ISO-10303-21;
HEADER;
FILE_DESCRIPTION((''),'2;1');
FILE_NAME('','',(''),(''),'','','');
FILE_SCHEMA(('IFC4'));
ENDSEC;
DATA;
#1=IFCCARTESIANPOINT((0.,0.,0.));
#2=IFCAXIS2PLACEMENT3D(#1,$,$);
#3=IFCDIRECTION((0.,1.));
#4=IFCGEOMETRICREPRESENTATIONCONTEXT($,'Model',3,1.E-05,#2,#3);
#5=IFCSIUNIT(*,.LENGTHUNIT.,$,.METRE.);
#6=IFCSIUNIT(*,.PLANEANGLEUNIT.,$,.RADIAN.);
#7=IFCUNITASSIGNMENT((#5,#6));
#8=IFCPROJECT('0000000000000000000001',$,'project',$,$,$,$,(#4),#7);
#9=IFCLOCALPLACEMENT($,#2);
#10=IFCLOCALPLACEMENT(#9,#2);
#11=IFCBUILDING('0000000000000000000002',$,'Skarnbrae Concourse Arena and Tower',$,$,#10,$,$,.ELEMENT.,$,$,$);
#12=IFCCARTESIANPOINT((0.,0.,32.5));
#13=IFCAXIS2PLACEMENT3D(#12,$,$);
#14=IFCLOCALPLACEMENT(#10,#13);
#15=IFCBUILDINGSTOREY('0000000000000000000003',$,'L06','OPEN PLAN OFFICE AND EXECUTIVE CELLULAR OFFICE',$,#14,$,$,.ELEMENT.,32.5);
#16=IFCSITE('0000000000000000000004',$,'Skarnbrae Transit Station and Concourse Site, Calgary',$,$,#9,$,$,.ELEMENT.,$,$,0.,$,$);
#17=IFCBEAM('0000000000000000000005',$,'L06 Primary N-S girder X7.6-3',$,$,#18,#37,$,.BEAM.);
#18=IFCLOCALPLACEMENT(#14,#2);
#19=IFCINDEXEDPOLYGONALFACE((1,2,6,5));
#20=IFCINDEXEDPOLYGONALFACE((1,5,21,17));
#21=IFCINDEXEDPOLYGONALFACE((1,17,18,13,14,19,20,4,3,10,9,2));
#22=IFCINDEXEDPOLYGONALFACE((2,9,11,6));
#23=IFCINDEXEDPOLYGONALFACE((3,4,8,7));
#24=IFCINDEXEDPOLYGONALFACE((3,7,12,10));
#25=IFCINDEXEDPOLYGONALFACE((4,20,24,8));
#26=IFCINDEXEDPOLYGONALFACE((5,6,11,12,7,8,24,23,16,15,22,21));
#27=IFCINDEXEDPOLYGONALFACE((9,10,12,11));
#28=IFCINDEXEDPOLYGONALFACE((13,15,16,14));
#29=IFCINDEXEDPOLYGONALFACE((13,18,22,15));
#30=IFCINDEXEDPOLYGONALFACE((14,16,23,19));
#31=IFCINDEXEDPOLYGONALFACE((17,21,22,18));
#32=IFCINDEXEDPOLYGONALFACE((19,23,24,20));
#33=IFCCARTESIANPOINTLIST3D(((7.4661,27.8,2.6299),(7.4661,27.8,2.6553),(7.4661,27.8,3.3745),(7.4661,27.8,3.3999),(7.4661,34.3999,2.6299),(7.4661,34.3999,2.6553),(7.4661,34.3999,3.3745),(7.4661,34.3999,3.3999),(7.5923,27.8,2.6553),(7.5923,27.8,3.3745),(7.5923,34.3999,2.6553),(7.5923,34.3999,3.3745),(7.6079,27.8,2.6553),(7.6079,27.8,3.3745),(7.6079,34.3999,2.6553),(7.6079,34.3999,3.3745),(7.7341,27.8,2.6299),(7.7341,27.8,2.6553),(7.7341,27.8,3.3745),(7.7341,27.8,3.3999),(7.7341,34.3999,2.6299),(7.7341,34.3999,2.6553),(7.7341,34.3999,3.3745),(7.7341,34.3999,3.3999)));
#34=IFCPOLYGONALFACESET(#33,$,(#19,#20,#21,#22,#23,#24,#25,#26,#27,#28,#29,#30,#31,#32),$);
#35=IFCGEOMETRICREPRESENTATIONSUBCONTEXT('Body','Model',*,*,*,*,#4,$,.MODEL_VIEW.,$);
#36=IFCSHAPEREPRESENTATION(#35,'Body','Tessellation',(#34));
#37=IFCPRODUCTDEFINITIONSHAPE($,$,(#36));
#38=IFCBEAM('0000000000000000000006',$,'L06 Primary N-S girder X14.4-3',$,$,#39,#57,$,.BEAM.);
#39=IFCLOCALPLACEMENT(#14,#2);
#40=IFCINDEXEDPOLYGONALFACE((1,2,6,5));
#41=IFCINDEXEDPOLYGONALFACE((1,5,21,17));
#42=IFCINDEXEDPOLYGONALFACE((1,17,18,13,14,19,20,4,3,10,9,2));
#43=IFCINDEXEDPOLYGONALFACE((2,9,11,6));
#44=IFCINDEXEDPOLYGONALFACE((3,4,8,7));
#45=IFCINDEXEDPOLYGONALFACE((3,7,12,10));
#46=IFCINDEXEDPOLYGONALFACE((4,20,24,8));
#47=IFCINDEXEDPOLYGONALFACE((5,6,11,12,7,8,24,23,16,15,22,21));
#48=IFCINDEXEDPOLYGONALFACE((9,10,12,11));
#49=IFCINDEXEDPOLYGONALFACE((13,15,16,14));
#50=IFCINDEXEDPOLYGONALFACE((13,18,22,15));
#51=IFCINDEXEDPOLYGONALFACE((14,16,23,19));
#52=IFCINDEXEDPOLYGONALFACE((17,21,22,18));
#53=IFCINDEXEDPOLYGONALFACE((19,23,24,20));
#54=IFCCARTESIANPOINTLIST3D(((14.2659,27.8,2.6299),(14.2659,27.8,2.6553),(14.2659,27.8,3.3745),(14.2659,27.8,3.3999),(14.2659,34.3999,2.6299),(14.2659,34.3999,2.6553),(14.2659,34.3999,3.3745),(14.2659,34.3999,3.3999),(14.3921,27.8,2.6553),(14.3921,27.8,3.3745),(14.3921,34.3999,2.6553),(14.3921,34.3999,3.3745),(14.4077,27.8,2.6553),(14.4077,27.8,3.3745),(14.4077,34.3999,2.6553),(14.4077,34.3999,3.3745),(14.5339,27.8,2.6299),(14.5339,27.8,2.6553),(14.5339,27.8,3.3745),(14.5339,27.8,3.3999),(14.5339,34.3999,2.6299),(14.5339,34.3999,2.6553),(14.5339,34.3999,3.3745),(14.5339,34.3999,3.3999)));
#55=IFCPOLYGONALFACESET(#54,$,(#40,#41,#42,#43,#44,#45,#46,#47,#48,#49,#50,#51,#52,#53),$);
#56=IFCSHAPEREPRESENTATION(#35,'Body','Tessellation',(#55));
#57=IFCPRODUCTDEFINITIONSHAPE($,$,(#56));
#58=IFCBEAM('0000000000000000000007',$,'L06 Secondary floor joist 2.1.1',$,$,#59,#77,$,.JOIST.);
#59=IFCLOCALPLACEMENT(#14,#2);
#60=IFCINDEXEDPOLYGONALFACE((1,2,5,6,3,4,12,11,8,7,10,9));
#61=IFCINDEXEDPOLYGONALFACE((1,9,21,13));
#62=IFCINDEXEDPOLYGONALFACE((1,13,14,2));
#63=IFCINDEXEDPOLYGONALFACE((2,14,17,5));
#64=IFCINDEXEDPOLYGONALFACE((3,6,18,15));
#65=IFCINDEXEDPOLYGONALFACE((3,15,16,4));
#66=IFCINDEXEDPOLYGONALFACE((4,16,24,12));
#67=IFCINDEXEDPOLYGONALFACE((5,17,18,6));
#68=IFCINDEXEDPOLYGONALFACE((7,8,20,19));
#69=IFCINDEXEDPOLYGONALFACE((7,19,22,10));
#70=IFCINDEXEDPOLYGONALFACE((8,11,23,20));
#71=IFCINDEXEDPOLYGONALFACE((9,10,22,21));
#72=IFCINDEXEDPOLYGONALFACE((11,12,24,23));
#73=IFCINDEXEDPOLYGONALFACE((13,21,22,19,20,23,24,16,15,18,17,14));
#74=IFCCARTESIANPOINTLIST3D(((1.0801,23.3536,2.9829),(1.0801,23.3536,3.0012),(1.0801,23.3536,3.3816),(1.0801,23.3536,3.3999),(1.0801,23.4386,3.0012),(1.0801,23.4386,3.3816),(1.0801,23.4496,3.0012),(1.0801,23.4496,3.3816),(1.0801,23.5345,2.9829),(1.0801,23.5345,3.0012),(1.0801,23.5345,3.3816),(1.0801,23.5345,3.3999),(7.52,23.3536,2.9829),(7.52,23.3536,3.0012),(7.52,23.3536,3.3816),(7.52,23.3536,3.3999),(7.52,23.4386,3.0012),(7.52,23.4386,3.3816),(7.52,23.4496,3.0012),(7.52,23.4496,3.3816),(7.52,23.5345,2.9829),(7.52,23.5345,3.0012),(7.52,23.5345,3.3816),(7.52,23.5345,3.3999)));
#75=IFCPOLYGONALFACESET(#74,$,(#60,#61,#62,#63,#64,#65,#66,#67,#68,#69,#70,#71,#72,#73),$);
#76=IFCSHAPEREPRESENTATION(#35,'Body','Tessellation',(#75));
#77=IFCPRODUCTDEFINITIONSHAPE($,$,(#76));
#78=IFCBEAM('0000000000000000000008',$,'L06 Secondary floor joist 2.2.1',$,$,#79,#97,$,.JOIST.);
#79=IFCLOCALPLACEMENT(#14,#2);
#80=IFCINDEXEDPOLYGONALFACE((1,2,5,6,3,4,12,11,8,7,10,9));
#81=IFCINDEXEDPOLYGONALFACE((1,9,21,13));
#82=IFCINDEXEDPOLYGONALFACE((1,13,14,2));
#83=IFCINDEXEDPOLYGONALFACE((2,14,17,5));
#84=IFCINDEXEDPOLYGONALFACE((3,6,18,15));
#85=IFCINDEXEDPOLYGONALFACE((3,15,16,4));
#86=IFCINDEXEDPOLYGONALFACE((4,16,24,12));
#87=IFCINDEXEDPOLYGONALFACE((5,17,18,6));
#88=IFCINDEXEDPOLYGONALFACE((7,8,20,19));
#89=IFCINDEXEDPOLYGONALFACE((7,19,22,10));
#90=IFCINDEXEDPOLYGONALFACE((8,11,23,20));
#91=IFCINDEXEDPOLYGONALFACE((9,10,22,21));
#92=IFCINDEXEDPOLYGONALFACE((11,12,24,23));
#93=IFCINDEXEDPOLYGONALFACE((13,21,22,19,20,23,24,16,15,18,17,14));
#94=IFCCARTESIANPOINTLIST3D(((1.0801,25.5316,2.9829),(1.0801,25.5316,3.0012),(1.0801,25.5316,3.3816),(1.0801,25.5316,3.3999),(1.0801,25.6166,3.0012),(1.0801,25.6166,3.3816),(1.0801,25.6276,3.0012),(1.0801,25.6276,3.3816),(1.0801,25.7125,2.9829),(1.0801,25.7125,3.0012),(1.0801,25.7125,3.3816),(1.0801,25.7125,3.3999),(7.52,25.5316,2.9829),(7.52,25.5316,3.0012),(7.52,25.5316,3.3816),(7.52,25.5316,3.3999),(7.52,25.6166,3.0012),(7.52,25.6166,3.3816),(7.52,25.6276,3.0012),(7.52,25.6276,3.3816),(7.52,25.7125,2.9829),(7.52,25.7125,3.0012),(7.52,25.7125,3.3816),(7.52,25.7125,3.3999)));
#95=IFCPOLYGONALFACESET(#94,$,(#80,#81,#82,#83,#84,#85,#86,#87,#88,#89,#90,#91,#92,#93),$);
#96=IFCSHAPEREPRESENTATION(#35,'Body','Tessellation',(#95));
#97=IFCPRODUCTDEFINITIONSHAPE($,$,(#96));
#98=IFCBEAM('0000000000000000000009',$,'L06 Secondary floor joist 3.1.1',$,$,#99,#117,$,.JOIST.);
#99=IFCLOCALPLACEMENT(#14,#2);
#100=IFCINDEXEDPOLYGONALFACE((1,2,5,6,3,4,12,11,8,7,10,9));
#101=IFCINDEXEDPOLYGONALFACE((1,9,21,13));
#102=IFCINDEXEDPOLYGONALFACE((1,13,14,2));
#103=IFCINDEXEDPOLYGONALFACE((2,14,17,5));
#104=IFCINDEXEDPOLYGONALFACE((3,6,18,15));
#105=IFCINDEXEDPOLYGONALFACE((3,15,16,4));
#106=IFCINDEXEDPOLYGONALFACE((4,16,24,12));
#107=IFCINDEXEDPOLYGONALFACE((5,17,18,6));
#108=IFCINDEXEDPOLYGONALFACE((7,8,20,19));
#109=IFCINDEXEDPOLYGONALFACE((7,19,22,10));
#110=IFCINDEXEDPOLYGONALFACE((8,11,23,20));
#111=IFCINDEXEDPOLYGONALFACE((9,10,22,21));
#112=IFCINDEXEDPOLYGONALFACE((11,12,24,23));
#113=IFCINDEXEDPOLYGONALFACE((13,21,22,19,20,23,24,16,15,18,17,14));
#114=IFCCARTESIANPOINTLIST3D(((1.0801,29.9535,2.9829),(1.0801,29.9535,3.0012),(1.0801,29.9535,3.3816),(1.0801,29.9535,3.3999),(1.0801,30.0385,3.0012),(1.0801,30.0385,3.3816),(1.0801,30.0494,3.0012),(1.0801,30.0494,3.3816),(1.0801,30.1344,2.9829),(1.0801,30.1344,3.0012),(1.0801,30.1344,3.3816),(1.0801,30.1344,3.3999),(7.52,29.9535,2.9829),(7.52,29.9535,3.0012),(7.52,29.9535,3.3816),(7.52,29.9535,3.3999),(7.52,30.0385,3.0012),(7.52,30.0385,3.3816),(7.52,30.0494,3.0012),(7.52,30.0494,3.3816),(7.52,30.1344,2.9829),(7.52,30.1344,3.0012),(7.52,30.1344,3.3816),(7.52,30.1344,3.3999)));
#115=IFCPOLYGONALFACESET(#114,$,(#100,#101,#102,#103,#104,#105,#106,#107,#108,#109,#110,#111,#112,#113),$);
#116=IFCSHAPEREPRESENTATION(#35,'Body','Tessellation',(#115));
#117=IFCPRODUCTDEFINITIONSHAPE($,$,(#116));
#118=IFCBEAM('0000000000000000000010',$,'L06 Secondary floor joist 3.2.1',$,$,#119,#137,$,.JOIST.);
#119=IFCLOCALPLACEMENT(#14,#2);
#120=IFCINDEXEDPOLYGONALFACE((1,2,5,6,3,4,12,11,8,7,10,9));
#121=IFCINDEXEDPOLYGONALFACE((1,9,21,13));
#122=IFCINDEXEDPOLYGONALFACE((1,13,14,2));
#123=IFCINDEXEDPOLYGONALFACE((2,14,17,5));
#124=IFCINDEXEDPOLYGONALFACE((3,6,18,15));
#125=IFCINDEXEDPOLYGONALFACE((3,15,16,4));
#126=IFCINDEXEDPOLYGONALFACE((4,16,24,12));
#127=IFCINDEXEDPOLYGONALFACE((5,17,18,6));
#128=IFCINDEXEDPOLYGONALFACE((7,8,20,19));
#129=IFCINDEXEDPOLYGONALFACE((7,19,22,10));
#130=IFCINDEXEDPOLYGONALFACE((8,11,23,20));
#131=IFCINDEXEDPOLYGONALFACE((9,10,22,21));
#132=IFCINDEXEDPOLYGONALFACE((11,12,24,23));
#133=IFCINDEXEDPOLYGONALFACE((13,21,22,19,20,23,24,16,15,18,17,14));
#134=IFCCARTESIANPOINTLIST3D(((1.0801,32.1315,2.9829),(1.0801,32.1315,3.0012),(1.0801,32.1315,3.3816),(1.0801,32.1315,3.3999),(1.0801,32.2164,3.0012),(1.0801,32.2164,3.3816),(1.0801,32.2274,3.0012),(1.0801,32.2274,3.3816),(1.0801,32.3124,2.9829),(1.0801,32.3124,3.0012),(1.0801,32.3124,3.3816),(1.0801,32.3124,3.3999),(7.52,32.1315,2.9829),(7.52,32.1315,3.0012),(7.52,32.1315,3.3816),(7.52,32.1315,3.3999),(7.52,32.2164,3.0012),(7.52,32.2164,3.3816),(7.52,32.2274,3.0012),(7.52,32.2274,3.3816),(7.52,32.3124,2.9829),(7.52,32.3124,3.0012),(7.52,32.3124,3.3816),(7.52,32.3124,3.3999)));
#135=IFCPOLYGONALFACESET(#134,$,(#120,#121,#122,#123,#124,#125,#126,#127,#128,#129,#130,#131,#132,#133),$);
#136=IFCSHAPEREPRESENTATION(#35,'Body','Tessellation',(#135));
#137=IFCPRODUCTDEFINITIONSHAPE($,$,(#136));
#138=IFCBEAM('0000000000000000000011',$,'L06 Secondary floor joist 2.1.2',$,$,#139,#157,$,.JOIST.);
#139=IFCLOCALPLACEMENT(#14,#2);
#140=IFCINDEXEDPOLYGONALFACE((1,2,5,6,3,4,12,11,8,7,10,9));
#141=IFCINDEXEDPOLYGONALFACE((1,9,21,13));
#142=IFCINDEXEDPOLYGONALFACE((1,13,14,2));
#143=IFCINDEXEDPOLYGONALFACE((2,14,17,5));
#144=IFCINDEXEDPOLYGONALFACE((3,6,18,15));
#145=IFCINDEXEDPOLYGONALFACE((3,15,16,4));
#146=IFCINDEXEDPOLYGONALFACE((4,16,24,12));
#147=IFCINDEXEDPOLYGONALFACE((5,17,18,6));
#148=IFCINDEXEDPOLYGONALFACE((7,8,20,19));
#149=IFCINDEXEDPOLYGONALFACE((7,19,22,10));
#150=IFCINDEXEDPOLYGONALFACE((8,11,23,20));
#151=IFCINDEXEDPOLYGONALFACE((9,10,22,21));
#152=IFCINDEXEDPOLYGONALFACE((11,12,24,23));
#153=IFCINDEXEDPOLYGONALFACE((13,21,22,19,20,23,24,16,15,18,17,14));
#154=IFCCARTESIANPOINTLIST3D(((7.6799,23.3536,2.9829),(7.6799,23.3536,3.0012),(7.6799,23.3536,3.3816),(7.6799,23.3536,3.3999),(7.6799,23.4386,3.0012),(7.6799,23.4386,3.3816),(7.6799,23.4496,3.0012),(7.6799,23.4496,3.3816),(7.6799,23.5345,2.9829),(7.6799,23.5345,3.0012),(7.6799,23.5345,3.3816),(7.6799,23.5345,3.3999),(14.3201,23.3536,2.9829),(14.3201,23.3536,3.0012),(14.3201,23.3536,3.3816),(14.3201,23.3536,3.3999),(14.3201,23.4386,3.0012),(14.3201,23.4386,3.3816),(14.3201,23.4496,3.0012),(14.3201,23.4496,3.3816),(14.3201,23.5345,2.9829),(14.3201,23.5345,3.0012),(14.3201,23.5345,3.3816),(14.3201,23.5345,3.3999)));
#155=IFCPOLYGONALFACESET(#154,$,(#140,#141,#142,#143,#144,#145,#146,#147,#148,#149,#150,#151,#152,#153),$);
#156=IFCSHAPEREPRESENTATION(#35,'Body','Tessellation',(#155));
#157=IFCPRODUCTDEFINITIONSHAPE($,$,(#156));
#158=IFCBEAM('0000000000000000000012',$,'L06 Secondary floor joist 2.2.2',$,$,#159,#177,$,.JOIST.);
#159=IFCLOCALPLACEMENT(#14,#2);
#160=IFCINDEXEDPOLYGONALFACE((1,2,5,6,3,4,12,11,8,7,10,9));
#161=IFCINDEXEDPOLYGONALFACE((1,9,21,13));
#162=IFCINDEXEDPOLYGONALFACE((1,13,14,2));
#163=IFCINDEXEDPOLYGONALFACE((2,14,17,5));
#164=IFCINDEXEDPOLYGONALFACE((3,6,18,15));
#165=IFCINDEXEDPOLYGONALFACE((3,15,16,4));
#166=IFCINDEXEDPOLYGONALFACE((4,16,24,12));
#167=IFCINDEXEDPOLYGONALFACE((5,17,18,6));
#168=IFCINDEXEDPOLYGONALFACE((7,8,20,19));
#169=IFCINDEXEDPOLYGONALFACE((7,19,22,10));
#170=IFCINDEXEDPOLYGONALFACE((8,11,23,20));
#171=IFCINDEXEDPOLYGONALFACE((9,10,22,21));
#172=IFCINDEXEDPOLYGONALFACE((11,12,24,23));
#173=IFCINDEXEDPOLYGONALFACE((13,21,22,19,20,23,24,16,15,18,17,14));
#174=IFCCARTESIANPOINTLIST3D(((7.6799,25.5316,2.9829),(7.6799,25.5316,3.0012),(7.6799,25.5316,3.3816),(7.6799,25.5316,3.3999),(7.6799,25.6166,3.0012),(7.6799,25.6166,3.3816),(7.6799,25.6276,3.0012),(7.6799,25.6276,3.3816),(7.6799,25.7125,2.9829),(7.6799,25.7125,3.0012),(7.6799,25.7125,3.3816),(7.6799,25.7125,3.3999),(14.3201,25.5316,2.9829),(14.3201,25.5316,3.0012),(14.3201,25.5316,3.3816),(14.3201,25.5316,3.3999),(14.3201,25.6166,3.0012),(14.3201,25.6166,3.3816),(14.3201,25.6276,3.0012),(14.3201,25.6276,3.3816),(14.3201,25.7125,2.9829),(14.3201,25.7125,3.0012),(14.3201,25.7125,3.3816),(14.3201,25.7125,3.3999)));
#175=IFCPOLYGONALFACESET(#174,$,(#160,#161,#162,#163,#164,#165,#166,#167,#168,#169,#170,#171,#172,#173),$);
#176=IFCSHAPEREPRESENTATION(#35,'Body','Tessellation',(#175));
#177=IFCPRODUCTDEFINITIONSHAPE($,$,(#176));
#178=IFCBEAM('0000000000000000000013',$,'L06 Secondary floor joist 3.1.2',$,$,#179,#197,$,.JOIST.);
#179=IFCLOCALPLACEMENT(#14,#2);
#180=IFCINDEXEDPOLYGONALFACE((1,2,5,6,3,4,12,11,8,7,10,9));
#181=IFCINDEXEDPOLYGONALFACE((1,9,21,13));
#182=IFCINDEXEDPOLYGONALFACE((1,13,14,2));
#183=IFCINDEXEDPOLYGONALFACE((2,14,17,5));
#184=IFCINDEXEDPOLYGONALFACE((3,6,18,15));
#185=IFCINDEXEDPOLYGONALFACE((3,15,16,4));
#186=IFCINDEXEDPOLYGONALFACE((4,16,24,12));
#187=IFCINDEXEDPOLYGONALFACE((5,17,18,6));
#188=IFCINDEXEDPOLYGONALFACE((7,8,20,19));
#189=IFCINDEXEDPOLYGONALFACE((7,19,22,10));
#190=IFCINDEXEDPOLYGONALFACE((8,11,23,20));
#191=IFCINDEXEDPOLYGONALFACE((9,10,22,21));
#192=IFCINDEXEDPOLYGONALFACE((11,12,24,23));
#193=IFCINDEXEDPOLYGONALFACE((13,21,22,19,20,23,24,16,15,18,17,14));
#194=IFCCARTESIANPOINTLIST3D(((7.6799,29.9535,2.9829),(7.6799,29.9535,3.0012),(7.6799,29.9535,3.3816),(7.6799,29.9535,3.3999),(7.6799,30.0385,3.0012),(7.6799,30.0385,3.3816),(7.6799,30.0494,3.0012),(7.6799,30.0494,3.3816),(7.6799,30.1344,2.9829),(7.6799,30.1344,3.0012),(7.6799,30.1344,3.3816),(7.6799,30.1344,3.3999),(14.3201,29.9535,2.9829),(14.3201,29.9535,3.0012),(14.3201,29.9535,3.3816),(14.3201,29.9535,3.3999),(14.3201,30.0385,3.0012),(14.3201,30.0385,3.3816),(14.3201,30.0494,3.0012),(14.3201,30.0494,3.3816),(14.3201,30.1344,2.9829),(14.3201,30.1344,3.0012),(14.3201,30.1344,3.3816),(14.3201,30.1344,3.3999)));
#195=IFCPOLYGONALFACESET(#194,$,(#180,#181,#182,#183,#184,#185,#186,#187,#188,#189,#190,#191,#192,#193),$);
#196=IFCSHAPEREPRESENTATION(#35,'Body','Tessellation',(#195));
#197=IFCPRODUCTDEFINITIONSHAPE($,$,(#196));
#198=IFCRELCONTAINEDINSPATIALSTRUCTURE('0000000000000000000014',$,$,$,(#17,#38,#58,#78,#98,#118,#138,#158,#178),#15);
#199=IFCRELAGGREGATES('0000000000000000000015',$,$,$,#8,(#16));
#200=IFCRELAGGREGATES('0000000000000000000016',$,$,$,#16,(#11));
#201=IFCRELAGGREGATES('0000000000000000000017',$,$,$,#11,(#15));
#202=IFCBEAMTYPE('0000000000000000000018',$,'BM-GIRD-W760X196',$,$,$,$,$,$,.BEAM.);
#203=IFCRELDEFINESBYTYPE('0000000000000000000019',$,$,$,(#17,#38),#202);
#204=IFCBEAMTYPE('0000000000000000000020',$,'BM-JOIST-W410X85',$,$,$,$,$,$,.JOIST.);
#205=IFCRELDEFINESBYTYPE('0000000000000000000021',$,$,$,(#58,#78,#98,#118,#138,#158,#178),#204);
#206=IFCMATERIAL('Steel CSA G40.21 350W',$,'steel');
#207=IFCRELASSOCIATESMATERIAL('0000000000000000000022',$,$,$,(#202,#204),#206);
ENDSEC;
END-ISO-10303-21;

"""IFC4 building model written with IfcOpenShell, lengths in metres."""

from ifc_helpers import new_model, si_unit, direction, frame, origin, origin_2d, place, context, subcontext, project, spatial, i_section, extrude, source, transform, mapped, material, material_profile, profile_set, type_object, element, save


model = new_model("IFC4")

# Units and contexts
model_context = context("Model", 3, precision=1e-05, world=origin(), true_north=direction((0.0, 1.0)))
body_context = subcontext(model_context, "Body", "Model", "MODEL_VIEW")
ifc_project = project(units=[si_unit("LENGTHUNIT", "METRE"), si_unit("PLANEANGLEUNIT", "RADIAN")], contexts=[model_context])

# Site, building, storey
site_placement = place(None, origin())
site = spatial("IfcSite", under=ifc_project, at=site_placement, Name="Skarnbrae Transit Station and Concourse Site, Calgary", CompositionType="ELEMENT", RefElevation=0.0)
building_placement = place(site_placement, origin())
building = spatial("IfcBuilding", under=site, at=building_placement, Name="Skarnbrae Concourse Arena and Tower", CompositionType="ELEMENT")
storey_placement = place(building_placement, frame((0.0, 0.0, 32.5)))
storey = spatial("IfcBuildingStorey", under=building, at=storey_placement, Name="L06", Description="OPEN PLAN OFFICE AND EXECUTIVE CELLULAR OFFICE", CompositionType="ELEMENT", Elevation=32.5)

# Shared definitions
ifc_material_1 = material(Name="Steel CSA G40.21 350W", Category="steel")

# Beams
ifc_material_profile_1 = material_profile(ifc_material_1, i_section(OverallWidth=0.2681, OverallDepth=0.77, WebThickness=0.0156, FlangeThickness=0.0254, at=origin_2d()), Name="W760X196")
ifc_profile_set_1 = profile_set([ifc_material_profile_1], Name="Steel CSA G40.21 350W")
beam_type_1 = type_object("IfcBeamType", Name="BM-GIRD-W760X196", PredefinedType="BEAM", material=ifc_profile_set_1)
shared_shape_1 = source(origin(), body_context, "Body", "SweptSolid", [
    extrude(i_section(OverallWidth=0.2681, OverallDepth=0.77, WebThickness=0.0156, FlangeThickness=0.0254, at=origin_2d()), origin(), (0.0, 0.0, 1.0), 6.5999),
])
for number, where, z_axis, x_axis, name in (
    (1, (7.6001, 27.8, 3.0149), (0.0, 1.0, 0.0), (-1.0, 0.0, 0.0), "L06 Primary N-S girder X7.6-3"),
    (2, (14.3999, 27.8, 3.0149), (0.0, 1.0, 0.0), (-1.0, 0.0, 0.0), "L06 Primary N-S girder X14.4-3"),
):
    element("IfcBeam", number, at=place(storey_placement, frame(where, z_axis=z_axis, x_axis=x_axis)), inside=storey, type_object=beam_type_1, Name=name, PredefinedType="BEAM", context=body_context, shape_type="MappedRepresentation", body=[
        mapped(shared_shape_1, transform((0.0, 0.0, 0.0))),
    ])
ifc_material_profile_2 = material_profile(ifc_material_1, i_section(OverallWidth=0.1809, OverallDepth=0.417, WebThickness=0.011, FlangeThickness=0.0183, at=origin_2d()), Name="W410X85")
ifc_profile_set_2 = profile_set([ifc_material_profile_2], Name="Steel CSA G40.21 350W")
beam_type_2 = type_object("IfcBeamType", Name="BM-JOIST-W410X85", PredefinedType="JOIST", material=ifc_profile_set_2)
shared_shape_2 = source(origin(), body_context, "Body", "SweptSolid", [
    extrude(i_section(OverallWidth=0.1809, OverallDepth=0.417, WebThickness=0.011, FlangeThickness=0.0183, at=origin_2d()), origin(), (0.0, 0.0, 1.0), 6.4399),
])
for number, where, z_axis, x_axis, name in (
    (3, (1.0801, 23.4441, 3.1914), (1.0, 0.0, 0.0), (0.0, 1.0, 0.0), "L06 Secondary floor joist 2.1.1"),
    (4, (1.0801, 25.6221, 3.1914), (1.0, 0.0, 0.0), (0.0, 1.0, 0.0), "L06 Secondary floor joist 2.2.1"),
    (5, (1.0801, 30.0439, 3.1914), (1.0, 0.0, 0.0), (0.0, 1.0, 0.0), "L06 Secondary floor joist 3.1.1"),
    (6, (1.0801, 32.2219, 3.1914), (1.0, 0.0, 0.0), (0.0, 1.0, 0.0), "L06 Secondary floor joist 3.2.1"),
):
    element("IfcBeam", number, at=place(storey_placement, frame(where, z_axis=z_axis, x_axis=x_axis)), inside=storey, type_object=beam_type_2, Name=name, PredefinedType="JOIST", context=body_context, shape_type="MappedRepresentation", body=[
        mapped(shared_shape_2, transform((0.0, 0.0, 0.0))),
    ])
shared_shape_3 = source(origin(), body_context, "Body", "SweptSolid", [
    extrude(i_section(OverallWidth=0.1809, OverallDepth=0.417, WebThickness=0.011, FlangeThickness=0.0183, at=origin_2d()), origin(), (0.0, 0.0, 1.0), 6.6401),
])
for number, where, z_axis, x_axis, name in (
    (7, (7.6799, 23.4441, 3.1914), (1.0, 0.0, 0.0), (0.0, 1.0, 0.0), "L06 Secondary floor joist 2.1.2"),
    (8, (7.6799, 25.6221, 3.1914), (1.0, 0.0, 0.0), (0.0, 1.0, 0.0), "L06 Secondary floor joist 2.2.2"),
    (9, (7.6799, 30.0439, 3.1914), (1.0, 0.0, 0.0), (0.0, 1.0, 0.0), "L06 Secondary floor joist 3.1.2"),
):
    element("IfcBeam", number, at=place(storey_placement, frame(where, z_axis=z_axis, x_axis=x_axis)), inside=storey, type_object=beam_type_2, Name=name, PredefinedType="JOIST", context=body_context, shape_type="MappedRepresentation", body=[
        mapped(shared_shape_3, transform((0.0, 0.0, 0.0))),
    ])

save(model, "model.ifc")
